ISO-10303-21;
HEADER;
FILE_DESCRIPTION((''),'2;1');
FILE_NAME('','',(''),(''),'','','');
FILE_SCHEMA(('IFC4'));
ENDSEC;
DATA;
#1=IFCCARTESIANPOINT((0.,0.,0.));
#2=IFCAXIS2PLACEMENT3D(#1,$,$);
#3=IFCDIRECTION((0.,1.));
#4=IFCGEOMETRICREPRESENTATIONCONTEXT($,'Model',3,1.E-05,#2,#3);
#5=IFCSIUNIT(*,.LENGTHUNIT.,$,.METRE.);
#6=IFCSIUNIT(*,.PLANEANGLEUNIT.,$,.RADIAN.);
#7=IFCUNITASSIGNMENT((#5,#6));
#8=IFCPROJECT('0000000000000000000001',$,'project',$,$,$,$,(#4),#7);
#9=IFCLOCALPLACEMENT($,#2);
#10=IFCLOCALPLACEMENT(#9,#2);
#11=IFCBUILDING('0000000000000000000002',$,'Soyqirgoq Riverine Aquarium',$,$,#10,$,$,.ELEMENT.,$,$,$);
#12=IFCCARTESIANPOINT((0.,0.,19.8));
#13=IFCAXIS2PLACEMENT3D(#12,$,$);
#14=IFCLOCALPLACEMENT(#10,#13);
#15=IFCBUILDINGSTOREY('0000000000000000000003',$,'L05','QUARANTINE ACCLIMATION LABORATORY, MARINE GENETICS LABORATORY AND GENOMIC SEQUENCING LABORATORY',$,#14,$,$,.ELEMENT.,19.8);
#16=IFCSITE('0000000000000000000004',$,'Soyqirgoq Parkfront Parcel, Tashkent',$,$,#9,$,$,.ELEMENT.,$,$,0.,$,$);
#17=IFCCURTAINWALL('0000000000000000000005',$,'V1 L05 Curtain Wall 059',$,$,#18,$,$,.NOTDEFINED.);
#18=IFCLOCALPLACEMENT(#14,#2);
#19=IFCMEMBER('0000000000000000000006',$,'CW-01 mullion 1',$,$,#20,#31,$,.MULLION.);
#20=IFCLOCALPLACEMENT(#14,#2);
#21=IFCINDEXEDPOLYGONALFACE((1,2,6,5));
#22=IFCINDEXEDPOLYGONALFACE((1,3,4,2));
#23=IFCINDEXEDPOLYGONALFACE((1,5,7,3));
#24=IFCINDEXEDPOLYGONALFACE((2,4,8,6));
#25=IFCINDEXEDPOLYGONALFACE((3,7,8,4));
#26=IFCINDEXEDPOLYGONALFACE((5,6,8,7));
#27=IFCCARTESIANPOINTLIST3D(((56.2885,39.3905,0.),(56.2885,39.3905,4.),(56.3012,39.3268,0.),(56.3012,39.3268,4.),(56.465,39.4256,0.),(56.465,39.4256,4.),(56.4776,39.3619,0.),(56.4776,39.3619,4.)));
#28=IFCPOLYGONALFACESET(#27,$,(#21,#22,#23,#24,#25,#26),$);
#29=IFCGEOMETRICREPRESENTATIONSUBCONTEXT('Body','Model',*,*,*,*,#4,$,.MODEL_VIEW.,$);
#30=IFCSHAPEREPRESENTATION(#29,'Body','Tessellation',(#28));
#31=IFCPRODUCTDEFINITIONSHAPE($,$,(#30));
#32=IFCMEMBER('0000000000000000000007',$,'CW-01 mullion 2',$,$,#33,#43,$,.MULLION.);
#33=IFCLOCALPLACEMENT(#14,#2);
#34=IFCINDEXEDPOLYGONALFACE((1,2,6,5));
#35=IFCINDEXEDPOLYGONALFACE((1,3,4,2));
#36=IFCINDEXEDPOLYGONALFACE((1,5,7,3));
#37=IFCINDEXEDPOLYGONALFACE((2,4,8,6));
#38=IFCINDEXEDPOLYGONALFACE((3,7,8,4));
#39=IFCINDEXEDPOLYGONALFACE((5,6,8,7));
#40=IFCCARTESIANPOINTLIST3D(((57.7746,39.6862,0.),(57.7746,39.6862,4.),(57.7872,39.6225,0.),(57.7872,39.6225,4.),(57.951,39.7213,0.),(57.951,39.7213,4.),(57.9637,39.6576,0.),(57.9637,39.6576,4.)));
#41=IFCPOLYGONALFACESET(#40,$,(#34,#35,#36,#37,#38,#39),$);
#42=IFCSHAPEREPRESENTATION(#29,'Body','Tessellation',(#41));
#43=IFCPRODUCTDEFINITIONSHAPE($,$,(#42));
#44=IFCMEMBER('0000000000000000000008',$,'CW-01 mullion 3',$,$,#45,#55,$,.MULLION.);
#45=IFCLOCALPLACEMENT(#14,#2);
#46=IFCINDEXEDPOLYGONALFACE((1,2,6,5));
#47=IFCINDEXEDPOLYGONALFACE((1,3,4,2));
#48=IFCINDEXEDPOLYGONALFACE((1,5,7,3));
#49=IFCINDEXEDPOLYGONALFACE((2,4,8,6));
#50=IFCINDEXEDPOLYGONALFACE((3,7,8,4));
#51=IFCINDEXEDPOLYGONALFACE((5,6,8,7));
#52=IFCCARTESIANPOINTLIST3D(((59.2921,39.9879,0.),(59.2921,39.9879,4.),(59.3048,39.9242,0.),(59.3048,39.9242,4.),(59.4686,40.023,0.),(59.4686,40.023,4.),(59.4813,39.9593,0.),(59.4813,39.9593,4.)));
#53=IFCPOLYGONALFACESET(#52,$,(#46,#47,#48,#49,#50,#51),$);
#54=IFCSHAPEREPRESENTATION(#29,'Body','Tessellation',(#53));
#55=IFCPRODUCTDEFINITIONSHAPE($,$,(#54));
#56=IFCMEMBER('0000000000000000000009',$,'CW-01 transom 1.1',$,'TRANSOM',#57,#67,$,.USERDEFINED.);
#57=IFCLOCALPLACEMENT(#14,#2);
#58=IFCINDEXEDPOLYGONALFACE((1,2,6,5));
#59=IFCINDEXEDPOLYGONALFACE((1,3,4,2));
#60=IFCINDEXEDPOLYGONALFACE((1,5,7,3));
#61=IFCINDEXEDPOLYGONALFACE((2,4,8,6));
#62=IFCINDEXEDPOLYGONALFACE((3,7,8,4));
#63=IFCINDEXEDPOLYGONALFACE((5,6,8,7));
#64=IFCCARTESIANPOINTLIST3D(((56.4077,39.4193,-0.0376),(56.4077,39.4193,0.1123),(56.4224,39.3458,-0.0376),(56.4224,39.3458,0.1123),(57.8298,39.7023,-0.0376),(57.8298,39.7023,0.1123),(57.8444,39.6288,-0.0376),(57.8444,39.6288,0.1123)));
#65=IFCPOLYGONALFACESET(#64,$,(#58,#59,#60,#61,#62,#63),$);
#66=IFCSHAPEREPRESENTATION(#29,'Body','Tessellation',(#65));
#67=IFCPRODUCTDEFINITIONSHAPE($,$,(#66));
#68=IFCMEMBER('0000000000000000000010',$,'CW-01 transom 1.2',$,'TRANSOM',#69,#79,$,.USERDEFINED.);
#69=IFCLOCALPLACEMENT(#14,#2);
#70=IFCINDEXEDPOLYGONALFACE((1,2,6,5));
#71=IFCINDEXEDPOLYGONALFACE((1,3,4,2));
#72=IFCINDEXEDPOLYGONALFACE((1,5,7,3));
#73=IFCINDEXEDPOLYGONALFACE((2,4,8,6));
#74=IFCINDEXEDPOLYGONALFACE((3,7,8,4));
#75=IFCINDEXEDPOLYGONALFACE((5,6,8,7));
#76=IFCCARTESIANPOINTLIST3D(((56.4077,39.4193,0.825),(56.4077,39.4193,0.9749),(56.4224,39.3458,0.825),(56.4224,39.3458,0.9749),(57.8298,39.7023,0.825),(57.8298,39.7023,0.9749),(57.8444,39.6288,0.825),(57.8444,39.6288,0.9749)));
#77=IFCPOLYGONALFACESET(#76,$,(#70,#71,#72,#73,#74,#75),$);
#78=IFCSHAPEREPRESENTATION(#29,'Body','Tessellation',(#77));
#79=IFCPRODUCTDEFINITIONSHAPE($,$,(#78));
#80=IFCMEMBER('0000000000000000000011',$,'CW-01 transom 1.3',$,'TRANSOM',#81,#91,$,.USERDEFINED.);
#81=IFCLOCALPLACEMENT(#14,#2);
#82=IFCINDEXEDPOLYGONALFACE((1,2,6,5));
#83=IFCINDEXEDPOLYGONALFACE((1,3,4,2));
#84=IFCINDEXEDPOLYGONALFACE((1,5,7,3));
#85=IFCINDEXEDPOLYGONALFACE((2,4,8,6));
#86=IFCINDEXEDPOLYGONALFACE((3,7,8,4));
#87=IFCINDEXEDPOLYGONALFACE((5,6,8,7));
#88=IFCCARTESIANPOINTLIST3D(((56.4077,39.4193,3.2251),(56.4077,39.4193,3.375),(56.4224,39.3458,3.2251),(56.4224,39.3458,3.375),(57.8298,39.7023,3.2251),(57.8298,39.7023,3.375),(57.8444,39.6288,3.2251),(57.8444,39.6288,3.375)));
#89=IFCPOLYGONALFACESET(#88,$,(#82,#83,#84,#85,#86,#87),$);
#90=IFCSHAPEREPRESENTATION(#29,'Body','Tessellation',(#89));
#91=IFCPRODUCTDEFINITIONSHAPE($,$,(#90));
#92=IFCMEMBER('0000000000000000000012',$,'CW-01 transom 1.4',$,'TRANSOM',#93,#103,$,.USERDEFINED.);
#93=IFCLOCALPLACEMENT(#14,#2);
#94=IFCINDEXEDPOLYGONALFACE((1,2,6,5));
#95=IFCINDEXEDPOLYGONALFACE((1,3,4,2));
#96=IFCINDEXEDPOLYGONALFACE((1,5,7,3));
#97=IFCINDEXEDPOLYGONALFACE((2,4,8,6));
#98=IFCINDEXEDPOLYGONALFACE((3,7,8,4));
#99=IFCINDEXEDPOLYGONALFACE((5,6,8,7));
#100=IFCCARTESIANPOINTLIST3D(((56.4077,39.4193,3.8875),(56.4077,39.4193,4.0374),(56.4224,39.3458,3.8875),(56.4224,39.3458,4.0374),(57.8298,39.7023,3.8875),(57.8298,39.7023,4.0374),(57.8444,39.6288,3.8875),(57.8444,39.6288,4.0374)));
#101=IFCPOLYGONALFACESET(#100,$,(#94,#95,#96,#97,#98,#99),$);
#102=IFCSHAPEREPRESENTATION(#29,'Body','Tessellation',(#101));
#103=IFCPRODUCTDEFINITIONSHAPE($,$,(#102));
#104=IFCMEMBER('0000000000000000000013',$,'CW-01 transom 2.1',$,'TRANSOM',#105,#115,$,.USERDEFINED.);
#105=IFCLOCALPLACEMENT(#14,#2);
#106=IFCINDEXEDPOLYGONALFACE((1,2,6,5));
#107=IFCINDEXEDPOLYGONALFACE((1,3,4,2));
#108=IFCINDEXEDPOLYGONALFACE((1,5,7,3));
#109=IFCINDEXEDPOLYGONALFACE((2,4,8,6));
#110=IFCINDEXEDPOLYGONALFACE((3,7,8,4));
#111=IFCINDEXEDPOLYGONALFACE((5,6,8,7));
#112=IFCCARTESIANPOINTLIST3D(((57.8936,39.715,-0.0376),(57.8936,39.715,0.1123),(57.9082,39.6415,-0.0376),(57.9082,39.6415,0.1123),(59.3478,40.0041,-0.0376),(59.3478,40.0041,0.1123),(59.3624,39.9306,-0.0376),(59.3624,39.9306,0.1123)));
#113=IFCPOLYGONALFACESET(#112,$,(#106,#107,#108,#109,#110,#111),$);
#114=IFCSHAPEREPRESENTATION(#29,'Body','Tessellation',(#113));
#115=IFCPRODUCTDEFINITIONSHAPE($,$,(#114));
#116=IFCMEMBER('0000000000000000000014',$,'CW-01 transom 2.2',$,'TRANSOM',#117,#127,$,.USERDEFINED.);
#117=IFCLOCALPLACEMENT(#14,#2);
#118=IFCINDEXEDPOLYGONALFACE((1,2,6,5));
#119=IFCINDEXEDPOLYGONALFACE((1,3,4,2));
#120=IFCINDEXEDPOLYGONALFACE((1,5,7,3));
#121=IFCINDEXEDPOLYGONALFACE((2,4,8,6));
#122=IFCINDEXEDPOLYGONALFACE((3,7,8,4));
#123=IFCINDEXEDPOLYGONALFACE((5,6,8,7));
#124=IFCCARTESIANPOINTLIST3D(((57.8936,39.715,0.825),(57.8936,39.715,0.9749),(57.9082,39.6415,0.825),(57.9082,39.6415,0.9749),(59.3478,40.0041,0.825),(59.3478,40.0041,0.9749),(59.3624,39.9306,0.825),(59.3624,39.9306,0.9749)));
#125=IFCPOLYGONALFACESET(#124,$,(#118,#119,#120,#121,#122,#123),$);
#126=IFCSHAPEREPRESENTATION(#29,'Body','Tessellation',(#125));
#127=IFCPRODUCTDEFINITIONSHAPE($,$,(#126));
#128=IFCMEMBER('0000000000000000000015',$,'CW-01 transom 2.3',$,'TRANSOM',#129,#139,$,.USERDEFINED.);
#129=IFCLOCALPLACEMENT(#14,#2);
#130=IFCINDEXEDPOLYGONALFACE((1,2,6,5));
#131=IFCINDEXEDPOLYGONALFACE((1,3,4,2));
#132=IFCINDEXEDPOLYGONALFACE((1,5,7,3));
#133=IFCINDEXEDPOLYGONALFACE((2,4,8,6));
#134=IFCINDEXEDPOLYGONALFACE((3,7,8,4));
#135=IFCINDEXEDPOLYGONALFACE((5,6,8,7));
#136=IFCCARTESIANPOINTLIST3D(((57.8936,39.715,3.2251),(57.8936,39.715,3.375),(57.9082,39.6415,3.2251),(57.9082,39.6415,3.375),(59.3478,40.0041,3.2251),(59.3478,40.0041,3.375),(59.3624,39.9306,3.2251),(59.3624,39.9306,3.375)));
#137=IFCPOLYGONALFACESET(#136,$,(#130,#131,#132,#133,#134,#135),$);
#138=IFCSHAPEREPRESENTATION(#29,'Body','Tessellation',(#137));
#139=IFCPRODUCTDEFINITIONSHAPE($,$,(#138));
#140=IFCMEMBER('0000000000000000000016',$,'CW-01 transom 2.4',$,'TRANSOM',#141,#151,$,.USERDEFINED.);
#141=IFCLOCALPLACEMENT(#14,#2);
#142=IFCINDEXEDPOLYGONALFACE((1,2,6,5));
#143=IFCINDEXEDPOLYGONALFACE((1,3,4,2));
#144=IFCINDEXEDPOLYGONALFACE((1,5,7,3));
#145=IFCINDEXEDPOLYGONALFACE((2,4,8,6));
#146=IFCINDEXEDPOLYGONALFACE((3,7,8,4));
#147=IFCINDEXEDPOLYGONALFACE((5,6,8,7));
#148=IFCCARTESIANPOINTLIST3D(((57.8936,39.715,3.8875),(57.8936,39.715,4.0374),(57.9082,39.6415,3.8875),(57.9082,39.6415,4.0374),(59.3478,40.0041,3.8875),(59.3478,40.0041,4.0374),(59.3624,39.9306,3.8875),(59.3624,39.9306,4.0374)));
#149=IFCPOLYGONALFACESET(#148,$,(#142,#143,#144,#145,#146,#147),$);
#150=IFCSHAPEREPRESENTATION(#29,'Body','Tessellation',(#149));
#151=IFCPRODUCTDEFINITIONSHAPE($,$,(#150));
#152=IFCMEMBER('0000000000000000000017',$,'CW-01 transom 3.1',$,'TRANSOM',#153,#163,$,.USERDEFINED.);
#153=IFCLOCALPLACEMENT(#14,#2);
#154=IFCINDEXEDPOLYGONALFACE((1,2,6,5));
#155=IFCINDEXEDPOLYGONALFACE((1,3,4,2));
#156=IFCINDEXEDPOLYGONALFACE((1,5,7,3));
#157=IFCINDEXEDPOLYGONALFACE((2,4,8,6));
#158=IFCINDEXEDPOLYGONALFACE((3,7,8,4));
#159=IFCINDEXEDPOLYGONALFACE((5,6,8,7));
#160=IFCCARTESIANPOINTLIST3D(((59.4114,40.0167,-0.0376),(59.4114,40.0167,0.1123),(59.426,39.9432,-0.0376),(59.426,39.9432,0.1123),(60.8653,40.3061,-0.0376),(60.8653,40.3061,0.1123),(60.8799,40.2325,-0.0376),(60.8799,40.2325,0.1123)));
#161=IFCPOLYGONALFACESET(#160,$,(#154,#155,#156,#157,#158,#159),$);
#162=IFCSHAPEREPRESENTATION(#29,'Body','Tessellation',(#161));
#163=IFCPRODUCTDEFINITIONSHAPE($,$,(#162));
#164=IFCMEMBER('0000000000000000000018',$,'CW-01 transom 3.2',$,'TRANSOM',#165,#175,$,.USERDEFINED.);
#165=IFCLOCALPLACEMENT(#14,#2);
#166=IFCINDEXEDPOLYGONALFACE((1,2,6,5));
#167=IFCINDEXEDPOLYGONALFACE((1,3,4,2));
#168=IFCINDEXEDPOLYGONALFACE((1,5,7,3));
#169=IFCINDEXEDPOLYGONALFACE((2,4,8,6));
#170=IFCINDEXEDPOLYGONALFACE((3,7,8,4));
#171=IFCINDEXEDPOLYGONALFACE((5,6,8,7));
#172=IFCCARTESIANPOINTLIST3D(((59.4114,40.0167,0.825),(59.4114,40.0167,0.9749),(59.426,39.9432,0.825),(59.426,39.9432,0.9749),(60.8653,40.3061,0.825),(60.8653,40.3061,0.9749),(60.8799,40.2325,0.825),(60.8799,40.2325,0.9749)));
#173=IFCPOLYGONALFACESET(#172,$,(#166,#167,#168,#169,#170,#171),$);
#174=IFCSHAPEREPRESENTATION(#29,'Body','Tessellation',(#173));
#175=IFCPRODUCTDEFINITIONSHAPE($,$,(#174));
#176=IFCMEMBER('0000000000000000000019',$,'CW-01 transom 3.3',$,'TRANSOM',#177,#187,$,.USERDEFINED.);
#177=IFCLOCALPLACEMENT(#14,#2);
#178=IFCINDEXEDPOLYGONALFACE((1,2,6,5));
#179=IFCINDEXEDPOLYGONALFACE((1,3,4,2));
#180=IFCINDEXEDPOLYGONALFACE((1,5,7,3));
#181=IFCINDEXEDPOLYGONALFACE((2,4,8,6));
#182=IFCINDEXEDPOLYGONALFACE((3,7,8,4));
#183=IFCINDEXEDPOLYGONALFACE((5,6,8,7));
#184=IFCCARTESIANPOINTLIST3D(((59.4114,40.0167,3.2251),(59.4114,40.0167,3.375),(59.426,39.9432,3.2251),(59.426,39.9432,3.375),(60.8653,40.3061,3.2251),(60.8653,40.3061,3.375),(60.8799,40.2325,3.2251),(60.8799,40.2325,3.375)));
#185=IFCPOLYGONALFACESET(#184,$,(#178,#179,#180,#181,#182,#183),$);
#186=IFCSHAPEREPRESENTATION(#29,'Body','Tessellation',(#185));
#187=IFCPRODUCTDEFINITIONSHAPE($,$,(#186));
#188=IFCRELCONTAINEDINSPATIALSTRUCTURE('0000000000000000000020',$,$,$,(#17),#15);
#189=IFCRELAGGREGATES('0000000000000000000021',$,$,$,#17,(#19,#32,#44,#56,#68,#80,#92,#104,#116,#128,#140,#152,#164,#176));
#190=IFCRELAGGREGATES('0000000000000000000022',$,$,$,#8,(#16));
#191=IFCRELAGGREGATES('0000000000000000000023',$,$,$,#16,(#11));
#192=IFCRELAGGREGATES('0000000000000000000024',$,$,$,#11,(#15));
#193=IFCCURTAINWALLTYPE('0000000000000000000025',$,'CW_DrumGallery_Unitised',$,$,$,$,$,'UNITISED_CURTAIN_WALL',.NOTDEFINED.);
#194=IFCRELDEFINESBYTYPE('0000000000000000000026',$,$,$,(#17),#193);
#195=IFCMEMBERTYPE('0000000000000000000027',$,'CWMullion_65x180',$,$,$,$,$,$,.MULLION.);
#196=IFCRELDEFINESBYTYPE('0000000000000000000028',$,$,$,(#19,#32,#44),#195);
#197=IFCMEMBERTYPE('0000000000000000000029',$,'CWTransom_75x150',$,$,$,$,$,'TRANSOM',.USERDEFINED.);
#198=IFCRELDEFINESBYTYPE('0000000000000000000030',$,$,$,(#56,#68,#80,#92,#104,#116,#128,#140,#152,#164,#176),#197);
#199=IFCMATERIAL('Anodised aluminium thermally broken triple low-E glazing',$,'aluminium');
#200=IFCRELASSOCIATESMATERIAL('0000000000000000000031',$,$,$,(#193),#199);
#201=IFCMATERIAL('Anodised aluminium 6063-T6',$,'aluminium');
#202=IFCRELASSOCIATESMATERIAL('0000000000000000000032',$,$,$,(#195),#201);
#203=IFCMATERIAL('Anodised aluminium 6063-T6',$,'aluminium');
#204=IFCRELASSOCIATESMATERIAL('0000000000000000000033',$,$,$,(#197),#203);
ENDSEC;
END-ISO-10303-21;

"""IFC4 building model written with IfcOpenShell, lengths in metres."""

from ifc_helpers import new_model, si_unit, direction, frame, origin, origin_2d, place, context, subcontext, project, spatial, rectangle, extrude, material, material_profile, profile_set, type_object, element, aggregate, save


model = new_model("IFC4")

# Units and contexts
model_context = context("Model", 3, precision=1e-05, world=origin(), true_north=direction((0.0, 1.0)))
body_context = subcontext(model_context, "Body", "Model", "MODEL_VIEW")
ifc_project = project(units=[si_unit("LENGTHUNIT", "METRE"), si_unit("PLANEANGLEUNIT", "RADIAN")], contexts=[model_context])

# Site, building, storey
site_placement = place(None, origin())
site = spatial("IfcSite", under=ifc_project, at=site_placement, Name="Soyqirgoq Parkfront Parcel, Tashkent", CompositionType="ELEMENT", RefElevation=0.0)
building_placement = place(site_placement, origin())
building = spatial("IfcBuilding", under=site, at=building_placement, Name="Soyqirgoq Riverine Aquarium", CompositionType="ELEMENT")
storey_placement = place(building_placement, frame((0.0, 0.0, 19.8)))
storey = spatial("IfcBuildingStorey", under=building, at=storey_placement, Name="L05", Description="QUARANTINE ACCLIMATION LABORATORY, MARINE GENETICS LABORATORY AND GENOMIC SEQUENCING LABORATORY", CompositionType="ELEMENT", Elevation=19.8)

# Curtain wall, members
ifc_material_1 = material(Name="Anodised aluminium thermally broken triple low-E glazing", Category="aluminium")
curtain_wall_type = type_object("IfcCurtainWallType", Name="CW_DrumGallery_Unitised", ElementType="UNITISED_CURTAIN_WALL", PredefinedType="NOTDEFINED", material=ifc_material_1)
curtain_wall_placement = place(storey_placement, origin())
curtain_wall = element("IfcCurtainWall", 1, at=curtain_wall_placement, inside=storey, type_object=curtain_wall_type, Name="V1 L05 Curtain Wall 059", PredefinedType="NOTDEFINED")
ifc_material_2 = material(Name="Anodised aluminium 6063-T6", Category="aluminium")
ifc_material_profile_1 = material_profile(ifc_material_2, rectangle(XDim=0.0649, YDim=0.1799, at=origin_2d()), Name="ALU-M 65x180")
ifc_profile_set_1 = profile_set([ifc_material_profile_1], Name="Anodised aluminium 6063-T6")
member_type_1 = type_object("IfcMemberType", Name="CWMullion_65x180", PredefinedType="MULLION", material=ifc_profile_set_1)
member_1_placement = place(storey_placement, frame((56.3831, 39.3762, 0.0), z_axis=(0.0, 0.0, 1.0), x_axis=(-0.195078, 0.980788, 0.0)))
member_1 = element("IfcMember", 2, at=member_1_placement, type_object=member_type_1, Name="CW-01 mullion 1", PredefinedType="MULLION", context=body_context, shape_type="SweptSolid", body=[
    extrude(rectangle(XDim=0.0649, YDim=0.1799, at=origin_2d()), origin(), (0.0, 0.0, 1.0), 4.0),
])
member_2_placement = place(storey_placement, frame((57.8691, 39.6719, 0.0), z_axis=(0.0, 0.0, 1.0), x_axis=(-0.195078, 0.980788, 0.0)))
member_2 = element("IfcMember", 3, at=member_2_placement, type_object=member_type_1, Name="CW-01 mullion 2", PredefinedType="MULLION", context=body_context, shape_type="SweptSolid", body=[
    extrude(rectangle(XDim=0.0649, YDim=0.1799, at=origin_2d()), origin(), (0.0, 0.0, 1.0), 4.0),
])
member_3_placement = place(storey_placement, frame((59.3867, 39.9736, 0.0), z_axis=(0.0, 0.0, 1.0), x_axis=(-0.195078, 0.980788, 0.0)))
member_3 = element("IfcMember", 4, at=member_3_placement, type_object=member_type_1, Name="CW-01 mullion 3", PredefinedType="MULLION", context=body_context, shape_type="SweptSolid", body=[
    extrude(rectangle(XDim=0.0649, YDim=0.1799, at=origin_2d()), origin(), (0.0, 0.0, 1.0), 4.0),
])
ifc_material_3 = material(Name="Anodised aluminium 6063-T6", Category="aluminium")
ifc_material_profile_2 = material_profile(ifc_material_3, rectangle(XDim=0.075, YDim=0.1499, at=origin_2d()), Name="ALU-T 75x150")
ifc_profile_set_2 = profile_set([ifc_material_profile_2], Name="Anodised aluminium 6063-T6")
member_type_2 = type_object("IfcMemberType", Name="CWTransom_75x150", ElementType="TRANSOM", PredefinedType="USERDEFINED", material=ifc_profile_set_2)
member_4_placement = place(storey_placement, frame((56.415, 39.3826, 0.0374), z_axis=(0.980774, 0.195145, 0.0), x_axis=(-0.195145, 0.980774, 0.0)))
member_4 = element("IfcMember", 5, at=member_4_placement, type_object=member_type_2, Name="CW-01 transom 1.1", ObjectType="TRANSOM", PredefinedType="USERDEFINED", context=body_context, shape_type="SweptSolid", body=[
    extrude(rectangle(XDim=0.075, YDim=0.1499, at=origin_2d()), origin(), (0.0, 0.0, 1.0), 1.45),
])
member_5_placement = place(storey_placement, frame((56.415, 39.3826, 0.8999), z_axis=(0.980774, 0.195145, 0.0), x_axis=(-0.195145, 0.980774, 0.0)))
member_5 = element("IfcMember", 6, at=member_5_placement, type_object=member_type_2, Name="CW-01 transom 1.2", ObjectType="TRANSOM", PredefinedType="USERDEFINED", context=body_context, shape_type="SweptSolid", body=[
    extrude(rectangle(XDim=0.075, YDim=0.1499, at=origin_2d()), origin(), (0.0, 0.0, 1.0), 1.45),
])
member_6_placement = place(storey_placement, frame((56.415, 39.3826, 3.3), z_axis=(0.980774, 0.195145, 0.0), x_axis=(-0.195145, 0.980774, 0.0)))
member_6 = element("IfcMember", 7, at=member_6_placement, type_object=member_type_2, Name="CW-01 transom 1.3", ObjectType="TRANSOM", PredefinedType="USERDEFINED", context=body_context, shape_type="SweptSolid", body=[
    extrude(rectangle(XDim=0.075, YDim=0.1499, at=origin_2d()), origin(), (0.0, 0.0, 1.0), 1.45),
])
member_7_placement = place(storey_placement, frame((56.415, 39.3826, 3.9624), z_axis=(0.980774, 0.195145, 0.0), x_axis=(-0.195145, 0.980774, 0.0)))
member_7 = element("IfcMember", 8, at=member_7_placement, type_object=member_type_2, Name="CW-01 transom 1.4", ObjectType="TRANSOM", PredefinedType="USERDEFINED", context=body_context, shape_type="SweptSolid", body=[
    extrude(rectangle(XDim=0.075, YDim=0.1499, at=origin_2d()), origin(), (0.0, 0.0, 1.0), 1.45),
])
member_8_placement = place(storey_placement, frame((57.9009, 39.6782, 0.0374), z_axis=(0.980808, 0.194976, 0.0), x_axis=(-0.194976, 0.980808, 0.0)))
member_8 = element("IfcMember", 9, at=member_8_placement, type_object=member_type_2, Name="CW-01 transom 2.1", ObjectType="TRANSOM", PredefinedType="USERDEFINED", context=body_context, shape_type="SweptSolid", body=[
    extrude(rectangle(XDim=0.075, YDim=0.1499, at=origin_2d()), origin(), (0.0, 0.0, 1.0), 1.4827),
])
member_9_placement = place(storey_placement, frame((57.9009, 39.6782, 0.8999), z_axis=(0.980808, 0.194976, 0.0), x_axis=(-0.194976, 0.980808, 0.0)))
member_9 = element("IfcMember", 10, at=member_9_placement, type_object=member_type_2, Name="CW-01 transom 2.2", ObjectType="TRANSOM", PredefinedType="USERDEFINED", context=body_context, shape_type="SweptSolid", body=[
    extrude(rectangle(XDim=0.075, YDim=0.1499, at=origin_2d()), origin(), (0.0, 0.0, 1.0), 1.4827),
])
member_10_placement = place(storey_placement, frame((57.9009, 39.6782, 3.3), z_axis=(0.980808, 0.194976, 0.0), x_axis=(-0.194976, 0.980808, 0.0)))
member_10 = element("IfcMember", 11, at=member_10_placement, type_object=member_type_2, Name="CW-01 transom 2.3", ObjectType="TRANSOM", PredefinedType="USERDEFINED", context=body_context, shape_type="SweptSolid", body=[
    extrude(rectangle(XDim=0.075, YDim=0.1499, at=origin_2d()), origin(), (0.0, 0.0, 1.0), 1.4827),
])
member_11_placement = place(storey_placement, frame((57.9009, 39.6782, 3.9624), z_axis=(0.980808, 0.194976, 0.0), x_axis=(-0.194976, 0.980808, 0.0)))
member_11 = element("IfcMember", 12, at=member_11_placement, type_object=member_type_2, Name="CW-01 transom 2.4", ObjectType="TRANSOM", PredefinedType="USERDEFINED", context=body_context, shape_type="SweptSolid", body=[
    extrude(rectangle(XDim=0.075, YDim=0.1499, at=origin_2d()), origin(), (0.0, 0.0, 1.0), 1.4827),
])
member_12_placement = place(storey_placement, frame((59.4187, 39.98, 0.0374), z_axis=(0.98077, 0.195166, 0.0), x_axis=(-0.195166, 0.98077, 0.0)))
member_12 = element("IfcMember", 13, at=member_12_placement, type_object=member_type_2, Name="CW-01 transom 3.1", ObjectType="TRANSOM", PredefinedType="USERDEFINED", context=body_context, shape_type="SweptSolid", body=[
    extrude(rectangle(XDim=0.075, YDim=0.1499, at=origin_2d()), origin(), (0.0, 0.0, 1.0), 1.4824),
])
member_13_placement = place(storey_placement, frame((59.4187, 39.98, 0.8999), z_axis=(0.98077, 0.195166, 0.0), x_axis=(-0.195166, 0.98077, 0.0)))
member_13 = element("IfcMember", 14, at=member_13_placement, type_object=member_type_2, Name="CW-01 transom 3.2", ObjectType="TRANSOM", PredefinedType="USERDEFINED", context=body_context, shape_type="SweptSolid", body=[
    extrude(rectangle(XDim=0.075, YDim=0.1499, at=origin_2d()), origin(), (0.0, 0.0, 1.0), 1.4824),
])
member_14_placement = place(storey_placement, frame((59.4187, 39.98, 3.3), z_axis=(0.98077, 0.195166, 0.0), x_axis=(-0.195166, 0.98077, 0.0)))
member_14 = element("IfcMember", 15, at=member_14_placement, type_object=member_type_2, Name="CW-01 transom 3.3", ObjectType="TRANSOM", PredefinedType="USERDEFINED", context=body_context, shape_type="SweptSolid", body=[
    extrude(rectangle(XDim=0.075, YDim=0.1499, at=origin_2d()), origin(), (0.0, 0.0, 1.0), 1.4824),
])

aggregate(curtain_wall, [member_1, member_2, member_3, member_4, member_5, member_6, member_7, member_8, member_9, member_10, member_11, member_12, member_13, member_14])

save(model, "model.ifc")
